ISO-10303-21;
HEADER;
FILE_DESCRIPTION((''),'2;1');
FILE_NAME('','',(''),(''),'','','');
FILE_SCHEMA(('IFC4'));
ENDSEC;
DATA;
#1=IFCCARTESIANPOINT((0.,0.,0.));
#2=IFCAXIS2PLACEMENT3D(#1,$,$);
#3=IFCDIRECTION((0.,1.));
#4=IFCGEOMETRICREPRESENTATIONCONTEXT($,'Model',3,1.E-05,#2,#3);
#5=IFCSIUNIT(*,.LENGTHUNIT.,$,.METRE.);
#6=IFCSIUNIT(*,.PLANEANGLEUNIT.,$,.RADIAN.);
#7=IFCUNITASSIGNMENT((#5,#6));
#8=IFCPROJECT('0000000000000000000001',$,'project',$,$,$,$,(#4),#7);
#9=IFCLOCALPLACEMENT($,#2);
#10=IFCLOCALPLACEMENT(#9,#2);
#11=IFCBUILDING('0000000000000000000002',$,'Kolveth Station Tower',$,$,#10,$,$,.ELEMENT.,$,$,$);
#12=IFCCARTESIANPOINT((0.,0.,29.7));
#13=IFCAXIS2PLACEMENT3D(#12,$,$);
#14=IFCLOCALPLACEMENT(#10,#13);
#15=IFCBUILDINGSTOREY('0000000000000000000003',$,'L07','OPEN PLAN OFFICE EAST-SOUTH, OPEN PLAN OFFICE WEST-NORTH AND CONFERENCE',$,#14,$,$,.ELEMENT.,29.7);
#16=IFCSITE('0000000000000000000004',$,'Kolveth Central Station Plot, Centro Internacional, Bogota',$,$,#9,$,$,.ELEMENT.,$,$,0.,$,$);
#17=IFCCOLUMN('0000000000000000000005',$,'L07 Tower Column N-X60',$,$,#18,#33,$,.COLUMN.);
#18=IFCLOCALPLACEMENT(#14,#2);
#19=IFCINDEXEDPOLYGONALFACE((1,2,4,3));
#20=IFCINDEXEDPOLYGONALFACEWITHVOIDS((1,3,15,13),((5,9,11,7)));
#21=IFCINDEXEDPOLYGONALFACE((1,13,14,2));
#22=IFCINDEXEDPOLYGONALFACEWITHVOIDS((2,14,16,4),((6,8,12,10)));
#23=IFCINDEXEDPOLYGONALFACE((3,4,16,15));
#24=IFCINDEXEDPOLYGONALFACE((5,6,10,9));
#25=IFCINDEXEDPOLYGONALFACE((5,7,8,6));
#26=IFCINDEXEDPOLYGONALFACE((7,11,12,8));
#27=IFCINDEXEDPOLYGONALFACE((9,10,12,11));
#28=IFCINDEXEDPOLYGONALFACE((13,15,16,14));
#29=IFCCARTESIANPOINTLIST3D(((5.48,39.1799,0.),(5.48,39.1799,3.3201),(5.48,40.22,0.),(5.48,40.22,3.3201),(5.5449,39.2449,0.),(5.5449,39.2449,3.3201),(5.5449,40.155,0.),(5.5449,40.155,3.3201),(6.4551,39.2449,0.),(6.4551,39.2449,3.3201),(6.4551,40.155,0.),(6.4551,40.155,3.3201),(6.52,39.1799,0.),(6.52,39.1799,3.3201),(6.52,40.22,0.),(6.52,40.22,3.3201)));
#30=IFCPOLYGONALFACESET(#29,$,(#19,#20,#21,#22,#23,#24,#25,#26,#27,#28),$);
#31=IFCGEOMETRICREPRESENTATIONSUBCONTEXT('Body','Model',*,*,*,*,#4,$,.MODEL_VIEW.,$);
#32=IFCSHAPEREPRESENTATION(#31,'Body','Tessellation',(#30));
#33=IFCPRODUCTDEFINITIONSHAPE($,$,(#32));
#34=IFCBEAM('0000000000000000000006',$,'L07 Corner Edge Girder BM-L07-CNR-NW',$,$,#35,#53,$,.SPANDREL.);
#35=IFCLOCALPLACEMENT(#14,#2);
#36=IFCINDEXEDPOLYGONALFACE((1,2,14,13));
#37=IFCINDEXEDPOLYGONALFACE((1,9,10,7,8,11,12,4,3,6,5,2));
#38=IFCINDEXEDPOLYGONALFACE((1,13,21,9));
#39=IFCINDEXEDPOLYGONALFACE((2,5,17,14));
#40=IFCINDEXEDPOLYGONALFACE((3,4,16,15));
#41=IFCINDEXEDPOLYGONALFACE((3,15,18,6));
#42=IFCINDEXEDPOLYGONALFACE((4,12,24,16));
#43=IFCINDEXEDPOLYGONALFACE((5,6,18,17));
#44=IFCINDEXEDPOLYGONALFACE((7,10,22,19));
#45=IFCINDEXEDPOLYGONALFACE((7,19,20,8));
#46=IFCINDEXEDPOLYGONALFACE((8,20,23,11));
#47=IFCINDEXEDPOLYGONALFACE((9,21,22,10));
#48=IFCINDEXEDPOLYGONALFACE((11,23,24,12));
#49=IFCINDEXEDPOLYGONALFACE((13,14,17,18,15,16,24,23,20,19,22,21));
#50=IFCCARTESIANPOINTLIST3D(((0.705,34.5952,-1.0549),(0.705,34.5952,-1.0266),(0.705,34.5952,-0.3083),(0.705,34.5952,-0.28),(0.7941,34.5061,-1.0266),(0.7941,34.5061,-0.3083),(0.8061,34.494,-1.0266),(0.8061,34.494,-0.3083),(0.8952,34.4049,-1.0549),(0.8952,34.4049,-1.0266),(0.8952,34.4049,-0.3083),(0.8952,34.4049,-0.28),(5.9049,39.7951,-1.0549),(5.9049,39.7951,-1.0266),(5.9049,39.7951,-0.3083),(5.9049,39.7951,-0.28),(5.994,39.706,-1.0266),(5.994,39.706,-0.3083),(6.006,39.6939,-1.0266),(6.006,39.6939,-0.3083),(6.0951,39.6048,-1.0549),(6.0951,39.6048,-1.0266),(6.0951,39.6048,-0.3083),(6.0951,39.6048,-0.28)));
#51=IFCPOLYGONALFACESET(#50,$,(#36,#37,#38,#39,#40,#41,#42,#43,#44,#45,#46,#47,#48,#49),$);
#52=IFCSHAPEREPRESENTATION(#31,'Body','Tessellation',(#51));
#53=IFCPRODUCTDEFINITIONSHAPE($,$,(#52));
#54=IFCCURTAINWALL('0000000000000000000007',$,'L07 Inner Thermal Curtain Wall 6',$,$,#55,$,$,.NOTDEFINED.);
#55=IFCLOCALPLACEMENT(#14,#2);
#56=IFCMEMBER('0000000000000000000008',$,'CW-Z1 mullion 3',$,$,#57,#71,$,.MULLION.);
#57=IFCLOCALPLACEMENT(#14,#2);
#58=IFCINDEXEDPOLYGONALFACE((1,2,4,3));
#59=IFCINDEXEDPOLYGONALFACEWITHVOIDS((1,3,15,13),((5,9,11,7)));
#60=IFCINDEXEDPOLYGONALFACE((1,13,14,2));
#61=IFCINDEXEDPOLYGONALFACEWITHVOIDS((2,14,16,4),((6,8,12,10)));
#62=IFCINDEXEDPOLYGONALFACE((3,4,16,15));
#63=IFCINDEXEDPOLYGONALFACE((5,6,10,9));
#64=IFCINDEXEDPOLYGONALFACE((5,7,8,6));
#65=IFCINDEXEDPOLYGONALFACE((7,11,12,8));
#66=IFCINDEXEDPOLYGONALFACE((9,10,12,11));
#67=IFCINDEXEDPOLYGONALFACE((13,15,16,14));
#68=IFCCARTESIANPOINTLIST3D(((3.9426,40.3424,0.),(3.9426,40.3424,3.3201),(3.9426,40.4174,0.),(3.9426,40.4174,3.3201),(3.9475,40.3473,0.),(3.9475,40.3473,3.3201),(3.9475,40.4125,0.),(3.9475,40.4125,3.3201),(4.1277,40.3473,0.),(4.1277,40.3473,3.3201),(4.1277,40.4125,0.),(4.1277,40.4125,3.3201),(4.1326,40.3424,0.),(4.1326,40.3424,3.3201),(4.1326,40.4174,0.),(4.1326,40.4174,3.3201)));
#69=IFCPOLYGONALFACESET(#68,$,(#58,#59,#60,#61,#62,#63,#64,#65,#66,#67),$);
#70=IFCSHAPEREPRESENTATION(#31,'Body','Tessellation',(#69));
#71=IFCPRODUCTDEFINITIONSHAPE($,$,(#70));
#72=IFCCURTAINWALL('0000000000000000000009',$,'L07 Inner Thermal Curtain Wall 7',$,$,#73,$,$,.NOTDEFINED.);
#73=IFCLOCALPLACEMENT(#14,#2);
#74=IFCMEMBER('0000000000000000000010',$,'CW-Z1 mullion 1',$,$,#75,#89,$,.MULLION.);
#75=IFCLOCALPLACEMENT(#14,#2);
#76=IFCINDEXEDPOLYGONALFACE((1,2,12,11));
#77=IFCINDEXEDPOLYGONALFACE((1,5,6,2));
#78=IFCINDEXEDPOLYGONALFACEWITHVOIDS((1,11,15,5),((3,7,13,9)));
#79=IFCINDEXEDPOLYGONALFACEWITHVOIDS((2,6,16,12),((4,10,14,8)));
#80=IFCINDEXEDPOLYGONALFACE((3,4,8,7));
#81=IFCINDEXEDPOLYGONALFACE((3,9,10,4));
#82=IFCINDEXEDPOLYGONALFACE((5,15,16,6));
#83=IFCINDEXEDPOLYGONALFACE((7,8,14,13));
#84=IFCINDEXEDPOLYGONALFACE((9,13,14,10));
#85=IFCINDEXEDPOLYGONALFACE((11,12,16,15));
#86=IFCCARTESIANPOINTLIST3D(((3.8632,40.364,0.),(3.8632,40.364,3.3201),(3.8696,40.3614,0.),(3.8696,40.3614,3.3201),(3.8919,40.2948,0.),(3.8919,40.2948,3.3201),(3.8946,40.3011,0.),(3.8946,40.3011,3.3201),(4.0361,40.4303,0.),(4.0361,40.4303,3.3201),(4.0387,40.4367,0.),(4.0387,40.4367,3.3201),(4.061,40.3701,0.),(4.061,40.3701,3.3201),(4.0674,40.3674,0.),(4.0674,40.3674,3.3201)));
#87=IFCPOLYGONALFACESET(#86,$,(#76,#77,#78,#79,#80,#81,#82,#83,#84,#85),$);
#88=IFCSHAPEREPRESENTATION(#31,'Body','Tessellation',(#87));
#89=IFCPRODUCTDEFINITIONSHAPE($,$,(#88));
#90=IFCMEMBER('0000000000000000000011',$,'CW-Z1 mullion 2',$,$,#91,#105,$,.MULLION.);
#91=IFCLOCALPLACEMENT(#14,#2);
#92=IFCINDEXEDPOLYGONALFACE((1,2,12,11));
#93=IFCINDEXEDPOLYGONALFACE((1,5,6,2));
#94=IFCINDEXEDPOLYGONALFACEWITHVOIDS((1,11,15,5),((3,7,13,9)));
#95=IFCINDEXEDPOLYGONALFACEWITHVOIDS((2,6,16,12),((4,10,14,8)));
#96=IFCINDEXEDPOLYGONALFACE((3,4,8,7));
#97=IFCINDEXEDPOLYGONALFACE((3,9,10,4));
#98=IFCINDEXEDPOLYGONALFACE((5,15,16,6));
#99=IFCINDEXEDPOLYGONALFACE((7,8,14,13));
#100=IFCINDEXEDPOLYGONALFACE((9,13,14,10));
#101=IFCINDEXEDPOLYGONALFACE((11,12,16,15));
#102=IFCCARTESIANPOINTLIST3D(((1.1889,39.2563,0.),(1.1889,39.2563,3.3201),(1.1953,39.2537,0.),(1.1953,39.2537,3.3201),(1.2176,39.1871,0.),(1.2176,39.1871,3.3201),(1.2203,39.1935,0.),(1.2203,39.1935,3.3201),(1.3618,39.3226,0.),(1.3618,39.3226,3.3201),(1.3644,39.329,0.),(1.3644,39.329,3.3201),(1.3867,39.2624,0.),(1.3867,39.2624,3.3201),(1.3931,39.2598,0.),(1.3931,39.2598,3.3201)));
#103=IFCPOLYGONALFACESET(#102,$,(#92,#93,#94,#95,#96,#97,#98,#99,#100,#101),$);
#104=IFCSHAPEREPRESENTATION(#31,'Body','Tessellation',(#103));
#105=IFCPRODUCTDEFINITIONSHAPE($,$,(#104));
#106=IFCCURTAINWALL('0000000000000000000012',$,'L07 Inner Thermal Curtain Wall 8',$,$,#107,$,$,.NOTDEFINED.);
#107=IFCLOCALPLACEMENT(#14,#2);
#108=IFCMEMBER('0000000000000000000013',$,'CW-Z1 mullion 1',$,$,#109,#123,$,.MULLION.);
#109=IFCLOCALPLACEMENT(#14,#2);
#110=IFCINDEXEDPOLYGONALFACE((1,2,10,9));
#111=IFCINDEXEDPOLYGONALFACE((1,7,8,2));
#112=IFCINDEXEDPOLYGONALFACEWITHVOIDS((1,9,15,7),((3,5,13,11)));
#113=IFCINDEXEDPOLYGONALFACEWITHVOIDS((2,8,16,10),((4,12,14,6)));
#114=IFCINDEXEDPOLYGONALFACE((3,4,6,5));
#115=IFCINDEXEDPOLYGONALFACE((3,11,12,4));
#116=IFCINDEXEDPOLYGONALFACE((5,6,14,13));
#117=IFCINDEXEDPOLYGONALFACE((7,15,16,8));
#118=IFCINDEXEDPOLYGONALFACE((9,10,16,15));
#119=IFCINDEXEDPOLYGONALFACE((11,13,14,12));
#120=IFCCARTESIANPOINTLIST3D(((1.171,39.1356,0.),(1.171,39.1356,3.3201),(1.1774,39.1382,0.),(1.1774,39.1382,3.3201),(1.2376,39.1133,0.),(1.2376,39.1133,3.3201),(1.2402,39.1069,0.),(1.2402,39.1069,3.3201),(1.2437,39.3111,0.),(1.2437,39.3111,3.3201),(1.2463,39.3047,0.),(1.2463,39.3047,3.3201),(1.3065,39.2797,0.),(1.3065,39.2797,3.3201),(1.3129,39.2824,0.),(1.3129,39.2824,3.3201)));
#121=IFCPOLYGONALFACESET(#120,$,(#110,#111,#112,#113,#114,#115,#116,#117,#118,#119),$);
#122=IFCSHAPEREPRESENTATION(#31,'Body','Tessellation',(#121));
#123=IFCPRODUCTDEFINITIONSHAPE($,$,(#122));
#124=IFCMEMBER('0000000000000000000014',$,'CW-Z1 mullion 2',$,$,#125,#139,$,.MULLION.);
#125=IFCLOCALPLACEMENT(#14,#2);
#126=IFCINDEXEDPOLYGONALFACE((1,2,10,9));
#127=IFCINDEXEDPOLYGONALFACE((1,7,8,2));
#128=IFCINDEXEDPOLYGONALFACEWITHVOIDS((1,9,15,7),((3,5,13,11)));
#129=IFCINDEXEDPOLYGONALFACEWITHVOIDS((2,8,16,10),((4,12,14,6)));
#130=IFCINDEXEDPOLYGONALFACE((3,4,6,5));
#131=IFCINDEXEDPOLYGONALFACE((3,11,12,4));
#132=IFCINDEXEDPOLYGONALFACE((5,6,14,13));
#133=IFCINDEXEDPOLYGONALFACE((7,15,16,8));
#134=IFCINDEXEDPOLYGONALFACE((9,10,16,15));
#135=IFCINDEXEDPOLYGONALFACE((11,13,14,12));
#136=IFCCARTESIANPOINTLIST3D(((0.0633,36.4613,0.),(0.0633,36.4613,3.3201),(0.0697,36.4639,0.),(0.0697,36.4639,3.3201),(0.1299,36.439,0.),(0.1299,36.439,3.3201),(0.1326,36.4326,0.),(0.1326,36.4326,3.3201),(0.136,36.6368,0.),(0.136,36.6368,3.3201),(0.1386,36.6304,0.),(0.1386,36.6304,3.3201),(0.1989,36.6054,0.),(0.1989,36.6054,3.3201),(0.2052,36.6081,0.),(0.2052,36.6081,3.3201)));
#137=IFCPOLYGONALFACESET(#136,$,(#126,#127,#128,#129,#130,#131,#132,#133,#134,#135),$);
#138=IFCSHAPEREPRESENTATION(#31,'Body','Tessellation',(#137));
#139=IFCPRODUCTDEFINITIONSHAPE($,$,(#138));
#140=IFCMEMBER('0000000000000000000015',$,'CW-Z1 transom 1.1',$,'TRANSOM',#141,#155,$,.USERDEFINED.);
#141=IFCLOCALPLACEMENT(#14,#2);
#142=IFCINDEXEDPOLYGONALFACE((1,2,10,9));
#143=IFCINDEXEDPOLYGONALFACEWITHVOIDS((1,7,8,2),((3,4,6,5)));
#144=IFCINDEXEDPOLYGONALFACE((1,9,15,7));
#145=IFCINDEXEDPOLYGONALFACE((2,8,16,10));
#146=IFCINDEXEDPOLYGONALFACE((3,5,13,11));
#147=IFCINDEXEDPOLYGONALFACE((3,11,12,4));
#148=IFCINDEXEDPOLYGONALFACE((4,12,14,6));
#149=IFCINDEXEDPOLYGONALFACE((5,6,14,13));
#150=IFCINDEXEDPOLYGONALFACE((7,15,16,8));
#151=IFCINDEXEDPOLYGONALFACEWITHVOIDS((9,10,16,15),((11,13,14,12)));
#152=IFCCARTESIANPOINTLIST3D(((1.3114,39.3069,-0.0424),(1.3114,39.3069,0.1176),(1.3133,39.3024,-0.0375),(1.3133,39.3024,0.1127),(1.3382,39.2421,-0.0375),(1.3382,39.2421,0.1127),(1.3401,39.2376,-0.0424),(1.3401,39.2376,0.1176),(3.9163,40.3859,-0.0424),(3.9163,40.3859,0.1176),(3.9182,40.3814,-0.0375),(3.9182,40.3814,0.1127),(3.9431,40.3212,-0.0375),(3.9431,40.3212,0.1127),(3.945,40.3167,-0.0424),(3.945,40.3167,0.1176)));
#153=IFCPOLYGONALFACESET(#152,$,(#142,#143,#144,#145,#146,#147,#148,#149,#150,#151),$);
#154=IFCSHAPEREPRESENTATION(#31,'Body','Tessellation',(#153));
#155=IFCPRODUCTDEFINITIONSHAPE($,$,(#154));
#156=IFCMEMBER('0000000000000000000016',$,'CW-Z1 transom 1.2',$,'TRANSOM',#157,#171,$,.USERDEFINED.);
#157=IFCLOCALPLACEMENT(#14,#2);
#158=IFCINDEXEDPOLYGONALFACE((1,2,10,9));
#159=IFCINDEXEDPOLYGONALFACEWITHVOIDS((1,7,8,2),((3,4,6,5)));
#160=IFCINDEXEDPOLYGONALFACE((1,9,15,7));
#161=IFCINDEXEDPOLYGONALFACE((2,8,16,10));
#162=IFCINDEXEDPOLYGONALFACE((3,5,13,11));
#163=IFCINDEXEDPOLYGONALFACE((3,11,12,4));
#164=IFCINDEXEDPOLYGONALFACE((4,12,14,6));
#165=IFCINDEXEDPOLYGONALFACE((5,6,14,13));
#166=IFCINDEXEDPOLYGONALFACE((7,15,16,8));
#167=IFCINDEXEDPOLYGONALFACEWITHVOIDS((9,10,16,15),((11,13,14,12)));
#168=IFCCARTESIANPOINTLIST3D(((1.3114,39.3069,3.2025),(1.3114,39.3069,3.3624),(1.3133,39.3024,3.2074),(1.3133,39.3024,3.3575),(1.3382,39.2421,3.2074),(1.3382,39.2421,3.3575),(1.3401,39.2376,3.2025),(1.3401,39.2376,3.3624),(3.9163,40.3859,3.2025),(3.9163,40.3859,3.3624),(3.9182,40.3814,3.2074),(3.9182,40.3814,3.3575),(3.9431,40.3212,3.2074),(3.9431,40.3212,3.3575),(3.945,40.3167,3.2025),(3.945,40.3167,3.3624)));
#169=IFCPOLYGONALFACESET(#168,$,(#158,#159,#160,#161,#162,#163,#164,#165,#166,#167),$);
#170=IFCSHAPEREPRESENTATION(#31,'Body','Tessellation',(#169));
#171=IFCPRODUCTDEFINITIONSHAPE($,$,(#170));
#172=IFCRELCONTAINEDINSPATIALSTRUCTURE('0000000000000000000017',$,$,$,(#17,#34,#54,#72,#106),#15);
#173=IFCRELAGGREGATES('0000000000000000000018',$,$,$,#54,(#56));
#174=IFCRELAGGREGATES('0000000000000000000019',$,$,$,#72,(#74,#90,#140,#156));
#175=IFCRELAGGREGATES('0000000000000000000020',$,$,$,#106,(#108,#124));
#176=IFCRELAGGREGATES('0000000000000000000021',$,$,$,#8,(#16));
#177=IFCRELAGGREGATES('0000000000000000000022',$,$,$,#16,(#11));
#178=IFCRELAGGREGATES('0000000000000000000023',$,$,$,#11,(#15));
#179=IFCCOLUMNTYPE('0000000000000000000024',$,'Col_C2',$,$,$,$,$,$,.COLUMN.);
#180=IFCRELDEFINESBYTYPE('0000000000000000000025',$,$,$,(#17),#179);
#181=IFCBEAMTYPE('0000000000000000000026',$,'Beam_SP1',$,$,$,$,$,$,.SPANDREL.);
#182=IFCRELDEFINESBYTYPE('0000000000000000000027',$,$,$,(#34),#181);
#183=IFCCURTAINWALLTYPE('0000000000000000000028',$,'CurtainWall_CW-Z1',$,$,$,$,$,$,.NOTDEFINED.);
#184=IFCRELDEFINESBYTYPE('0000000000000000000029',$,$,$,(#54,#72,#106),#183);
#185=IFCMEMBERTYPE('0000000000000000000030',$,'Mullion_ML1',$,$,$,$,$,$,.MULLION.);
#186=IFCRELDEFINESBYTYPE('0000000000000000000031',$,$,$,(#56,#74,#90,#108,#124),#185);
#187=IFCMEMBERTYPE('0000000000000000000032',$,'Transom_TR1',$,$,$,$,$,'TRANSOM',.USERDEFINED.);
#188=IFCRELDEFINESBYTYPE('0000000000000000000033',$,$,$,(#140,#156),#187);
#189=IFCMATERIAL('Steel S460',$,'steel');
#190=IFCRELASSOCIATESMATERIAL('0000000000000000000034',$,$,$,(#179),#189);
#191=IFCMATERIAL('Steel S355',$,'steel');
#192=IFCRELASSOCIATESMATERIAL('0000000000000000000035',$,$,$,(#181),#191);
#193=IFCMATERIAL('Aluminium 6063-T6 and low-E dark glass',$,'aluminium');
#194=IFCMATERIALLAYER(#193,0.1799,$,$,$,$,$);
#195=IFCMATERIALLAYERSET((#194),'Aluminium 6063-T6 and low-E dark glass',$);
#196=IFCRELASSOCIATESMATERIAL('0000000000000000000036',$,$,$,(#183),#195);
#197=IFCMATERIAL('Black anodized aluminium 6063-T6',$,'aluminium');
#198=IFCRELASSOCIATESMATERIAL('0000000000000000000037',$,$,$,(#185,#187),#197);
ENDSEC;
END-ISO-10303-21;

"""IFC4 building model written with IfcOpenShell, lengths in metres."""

from ifc_helpers import new_model, si_unit, direction, frame, origin, origin_2d, place, context, subcontext, project, spatial, hollow_rectangle, i_section, extrude, source, transform, mapped, material, layer, layer_set, material_profile, profile_set, type_object, element, aggregate, save


model = new_model("IFC4")

# Units and contexts
model_context = context("Model", 3, precision=1e-05, world=origin(), true_north=direction((0.0, 1.0)))
body_context = subcontext(model_context, "Body", "Model", "MODEL_VIEW")
ifc_project = project(units=[si_unit("LENGTHUNIT", "METRE"), si_unit("PLANEANGLEUNIT", "RADIAN")], contexts=[model_context])

# Site, building, storey
site_placement = place(None, origin())
site = spatial("IfcSite", under=ifc_project, at=site_placement, Name="Kolveth Central Station Plot, Centro Internacional, Bogota", CompositionType="ELEMENT", RefElevation=0.0)
building_placement = place(site_placement, origin())
building = spatial("IfcBuilding", under=site, at=building_placement, Name="Kolveth Station Tower", CompositionType="ELEMENT")
storey_placement = place(building_placement, frame((0.0, 0.0, 29.7)))
storey = spatial("IfcBuildingStorey", under=building, at=storey_placement, Name="L07", Description="OPEN PLAN OFFICE EAST-SOUTH, OPEN PLAN OFFICE WEST-NORTH AND CONFERENCE", CompositionType="ELEMENT", Elevation=29.7)

# Column
ifc_material_1 = material(Name="Steel S460", Category="steel")
ifc_material_profile_1 = material_profile(ifc_material_1, hollow_rectangle(XDim=1.04, YDim=1.04, WallThickness=0.0649, at=origin_2d()), Name="BOX1040x1040x65")
ifc_profile_set_1 = profile_set([ifc_material_profile_1], Name="Steel S460")
column_type = type_object("IfcColumnType", Name="Col_C2", PredefinedType="COLUMN", material=ifc_profile_set_1)
shared_shape_1 = source(origin(), body_context, "Body", "SweptSolid", [
    extrude(hollow_rectangle(XDim=1.04, YDim=1.04, WallThickness=0.0649, at=origin_2d()), origin(), (0.0, 0.0, 1.0), 3.3201),
])
column_placement = place(storey_placement, frame((6.0, 39.7, 0.0), z_axis=(0.0, 0.0, 1.0), x_axis=(1.0, 0.0, 0.0)))
element("IfcColumn", 1, at=column_placement, inside=storey, type_object=column_type, Name="L07 Tower Column N-X60", PredefinedType="COLUMN", context=body_context, shape_type="MappedRepresentation", body=[
    mapped(shared_shape_1, transform((0.0, 0.0, 0.0), x_axis=(1.0, 0.0, 0.0), y_axis=(0.0, 1.0, 0.0), z_axis=(0.0, 0.0, 1.0), scale=1.0)),
])

# Beam
ifc_material_2 = material(Name="Steel S355", Category="steel")
ifc_material_profile_2 = material_profile(ifc_material_2, i_section(OverallWidth=0.269, OverallDepth=0.7749, WebThickness=0.0171, FlangeThickness=0.0283, at=origin_2d()), Name="W760x220")
ifc_profile_set_2 = profile_set([ifc_material_profile_2], Name="Steel S355")
beam_type = type_object("IfcBeamType", Name="Beam_SP1", PredefinedType="SPANDREL", material=ifc_profile_set_2)
shared_shape_2 = source(origin(), body_context, "Body", "SweptSolid", [
    extrude(i_section(OverallWidth=0.269, OverallDepth=0.7749, WebThickness=0.0171, FlangeThickness=0.0283, at=origin_2d()), origin(), (0.0, 0.0, 1.0), 7.3538),
])
beam_placement = place(storey_placement, frame((6.0, 39.7, -0.6675), z_axis=(-0.707107, -0.707107, 0.0), x_axis=(0.707107, -0.707107, 0.0)))
element("IfcBeam", 2, at=beam_placement, inside=storey, type_object=beam_type, Name="L07 Corner Edge Girder BM-L07-CNR-NW", PredefinedType="SPANDREL", context=body_context, shape_type="MappedRepresentation", body=[
    mapped(shared_shape_2, transform((0.0, 0.0, 0.0), x_axis=(1.0, 0.0, 0.0), y_axis=(0.0, 1.0, 0.0), z_axis=(0.0, 0.0, 1.0), scale=1.0)),
])

# Curtain wall, member
ifc_material_3 = material(Name="Aluminium 6063-T6 and low-E dark glass", Category="aluminium")
ifc_layer_1 = layer(ifc_material_3, 0.1799)
ifc_layer_set_1 = layer_set([ifc_layer_1], Name="Aluminium 6063-T6 and low-E dark glass")
curtain_wall_type_1 = type_object("IfcCurtainWallType", Name="CurtainWall_CW-Z1", PredefinedType="NOTDEFINED", material=ifc_layer_set_1)
curtain_wall_1_placement = place(storey_placement, origin())
curtain_wall_1 = element("IfcCurtainWall", 3, at=curtain_wall_1_placement, inside=storey, type_object=curtain_wall_type_1, Name="L07 Inner Thermal Curtain Wall 6", PredefinedType="NOTDEFINED")
ifc_material_4 = material(Name="Black anodized aluminium 6063-T6", Category="aluminium")
ifc_material_profile_3 = material_profile(ifc_material_4, hollow_rectangle(XDim=0.075, YDim=0.1899, WallThickness=0.0049, at=origin_2d()), Name="ALU-75x190x5")
ifc_profile_set_3 = profile_set([ifc_material_profile_3], Name="Black anodized aluminium 6063-T6")
member_type_1 = type_object("IfcMemberType", Name="Mullion_ML1", PredefinedType="MULLION", material=ifc_profile_set_3)
shared_shape_3 = source(origin(), body_context, "Body", "SweptSolid", [
    extrude(hollow_rectangle(XDim=0.075, YDim=0.1899, WallThickness=0.0049, at=origin_2d()), origin(), (0.0, 0.0, 1.0), 3.3201),
])
member_1_placement = place(storey_placement, frame((4.0376, 40.3799, 0.0), z_axis=(0.0, 0.0, 1.0), x_axis=(0.0, -1.0, 0.0)))
member_1 = element("IfcMember", 4, at=member_1_placement, type_object=member_type_1, Name="CW-Z1 mullion 3", PredefinedType="MULLION", context=body_context, shape_type="MappedRepresentation", body=[
    mapped(shared_shape_3, transform((0.0, 0.0, 0.0), x_axis=(1.0, 0.0, 0.0), y_axis=(0.0, 1.0, 0.0), z_axis=(0.0, 0.0, 1.0), scale=1.0)),
])
aggregate(curtain_wall_1, [member_1])

# Curtain walls, members
curtain_wall_2_placement = place(storey_placement, origin())
curtain_wall_2 = element("IfcCurtainWall", 5, at=curtain_wall_2_placement, inside=storey, type_object=curtain_wall_type_1, Name="L07 Inner Thermal Curtain Wall 7", PredefinedType="NOTDEFINED")
member_2_placement = place(storey_placement, frame((3.9653, 40.3657, 0.0), z_axis=(0.0, 0.0, 1.0), x_axis=(0.382673, -0.923884, 0.0)))
member_2 = element("IfcMember", 6, at=member_2_placement, type_object=member_type_1, Name="CW-Z1 mullion 1", PredefinedType="MULLION", context=body_context, shape_type="MappedRepresentation", body=[
    mapped(shared_shape_3, transform((0.0, 0.0, 0.0), x_axis=(1.0, 0.0, 0.0), y_axis=(0.0, 1.0, 0.0), z_axis=(0.0, 0.0, 1.0), scale=1.0)),
])
member_3_placement = place(storey_placement, frame((1.291, 39.2581, 0.0), z_axis=(0.0, 0.0, 1.0), x_axis=(0.382673, -0.923884, 0.0)))
member_3 = element("IfcMember", 7, at=member_3_placement, type_object=member_type_1, Name="CW-Z1 mullion 2", PredefinedType="MULLION", context=body_context, shape_type="MappedRepresentation", body=[
    mapped(shared_shape_3, transform((0.0, 0.0, 0.0), x_axis=(1.0, 0.0, 0.0), y_axis=(0.0, 1.0, 0.0), z_axis=(0.0, 0.0, 1.0), scale=1.0)),
])
curtain_wall_3_placement = place(storey_placement, origin())
curtain_wall_3 = element("IfcCurtainWall", 8, at=curtain_wall_3_placement, inside=storey, type_object=curtain_wall_type_1, Name="L07 Inner Thermal Curtain Wall 8", PredefinedType="NOTDEFINED")
member_4_placement = place(storey_placement, frame((1.2419, 39.209, 0.0), z_axis=(0.0, 0.0, 1.0), x_axis=(0.923884, -0.382673, 0.0)))
member_4 = element("IfcMember", 9, at=member_4_placement, type_object=member_type_1, Name="CW-Z1 mullion 1", PredefinedType="MULLION", context=body_context, shape_type="MappedRepresentation", body=[
    mapped(shared_shape_3, transform((0.0, 0.0, 0.0), x_axis=(1.0, 0.0, 0.0), y_axis=(0.0, 1.0, 0.0), z_axis=(0.0, 0.0, 1.0), scale=1.0)),
])
member_5_placement = place(storey_placement, frame((0.1343, 36.5347, 0.0), z_axis=(0.0, 0.0, 1.0), x_axis=(0.923884, -0.382673, 0.0)))
member_5 = element("IfcMember", 10, at=member_5_placement, type_object=member_type_1, Name="CW-Z1 mullion 2", PredefinedType="MULLION", context=body_context, shape_type="MappedRepresentation", body=[
    mapped(shared_shape_3, transform((0.0, 0.0, 0.0), x_axis=(1.0, 0.0, 0.0), y_axis=(0.0, 1.0, 0.0), z_axis=(0.0, 0.0, 1.0), scale=1.0)),
])

# Members
ifc_material_profile_4 = material_profile(ifc_material_4, hollow_rectangle(XDim=0.075, YDim=0.1599, WallThickness=0.0049, at=origin_2d()), Name="ALU-75x160x5")
ifc_profile_set_4 = profile_set([ifc_material_profile_4], Name="Black anodized aluminium 6063-T6")
member_type_2 = type_object("IfcMemberType", Name="Transom_TR1", ElementType="TRANSOM", PredefinedType="USERDEFINED", material=ifc_profile_set_4)
shared_shape_4 = source(origin(), body_context, "Body", "SweptSolid", [
    extrude(hollow_rectangle(XDim=0.075, YDim=0.1599, WallThickness=0.0049, at=origin_2d()), origin(), (0.0, 0.0, 1.0), 2.8196),
])
member_6_placement = place(storey_placement, frame((3.9307, 40.3513, 0.0376), z_axis=(-0.923869, -0.382709, 0.0), x_axis=(0.382709, -0.923869, 0.0)))
member_6 = element("IfcMember", 11, at=member_6_placement, type_object=member_type_2, Name="CW-Z1 transom 1.1", ObjectType="TRANSOM", PredefinedType="USERDEFINED", context=body_context, shape_type="MappedRepresentation", body=[
    mapped(shared_shape_4, transform((0.0, 0.0, 0.0), x_axis=(1.0, 0.0, 0.0), y_axis=(0.0, 1.0, 0.0), z_axis=(0.0, 0.0, 1.0), scale=1.0)),
])
member_7_placement = place(storey_placement, frame((3.9307, 40.3513, 3.2825), z_axis=(-0.923869, -0.382709, 0.0), x_axis=(0.382709, -0.923869, 0.0)))
member_7 = element("IfcMember", 12, at=member_7_placement, type_object=member_type_2, Name="CW-Z1 transom 1.2", ObjectType="TRANSOM", PredefinedType="USERDEFINED", context=body_context, shape_type="MappedRepresentation", body=[
    mapped(shared_shape_4, transform((0.0, 0.0, 0.0), x_axis=(1.0, 0.0, 0.0), y_axis=(0.0, 1.0, 0.0), z_axis=(0.0, 0.0, 1.0), scale=1.0)),
])

aggregate(curtain_wall_2, [member_2, member_3, member_6, member_7])
aggregate(curtain_wall_3, [member_4, member_5])

save(model, "model.ifc")
